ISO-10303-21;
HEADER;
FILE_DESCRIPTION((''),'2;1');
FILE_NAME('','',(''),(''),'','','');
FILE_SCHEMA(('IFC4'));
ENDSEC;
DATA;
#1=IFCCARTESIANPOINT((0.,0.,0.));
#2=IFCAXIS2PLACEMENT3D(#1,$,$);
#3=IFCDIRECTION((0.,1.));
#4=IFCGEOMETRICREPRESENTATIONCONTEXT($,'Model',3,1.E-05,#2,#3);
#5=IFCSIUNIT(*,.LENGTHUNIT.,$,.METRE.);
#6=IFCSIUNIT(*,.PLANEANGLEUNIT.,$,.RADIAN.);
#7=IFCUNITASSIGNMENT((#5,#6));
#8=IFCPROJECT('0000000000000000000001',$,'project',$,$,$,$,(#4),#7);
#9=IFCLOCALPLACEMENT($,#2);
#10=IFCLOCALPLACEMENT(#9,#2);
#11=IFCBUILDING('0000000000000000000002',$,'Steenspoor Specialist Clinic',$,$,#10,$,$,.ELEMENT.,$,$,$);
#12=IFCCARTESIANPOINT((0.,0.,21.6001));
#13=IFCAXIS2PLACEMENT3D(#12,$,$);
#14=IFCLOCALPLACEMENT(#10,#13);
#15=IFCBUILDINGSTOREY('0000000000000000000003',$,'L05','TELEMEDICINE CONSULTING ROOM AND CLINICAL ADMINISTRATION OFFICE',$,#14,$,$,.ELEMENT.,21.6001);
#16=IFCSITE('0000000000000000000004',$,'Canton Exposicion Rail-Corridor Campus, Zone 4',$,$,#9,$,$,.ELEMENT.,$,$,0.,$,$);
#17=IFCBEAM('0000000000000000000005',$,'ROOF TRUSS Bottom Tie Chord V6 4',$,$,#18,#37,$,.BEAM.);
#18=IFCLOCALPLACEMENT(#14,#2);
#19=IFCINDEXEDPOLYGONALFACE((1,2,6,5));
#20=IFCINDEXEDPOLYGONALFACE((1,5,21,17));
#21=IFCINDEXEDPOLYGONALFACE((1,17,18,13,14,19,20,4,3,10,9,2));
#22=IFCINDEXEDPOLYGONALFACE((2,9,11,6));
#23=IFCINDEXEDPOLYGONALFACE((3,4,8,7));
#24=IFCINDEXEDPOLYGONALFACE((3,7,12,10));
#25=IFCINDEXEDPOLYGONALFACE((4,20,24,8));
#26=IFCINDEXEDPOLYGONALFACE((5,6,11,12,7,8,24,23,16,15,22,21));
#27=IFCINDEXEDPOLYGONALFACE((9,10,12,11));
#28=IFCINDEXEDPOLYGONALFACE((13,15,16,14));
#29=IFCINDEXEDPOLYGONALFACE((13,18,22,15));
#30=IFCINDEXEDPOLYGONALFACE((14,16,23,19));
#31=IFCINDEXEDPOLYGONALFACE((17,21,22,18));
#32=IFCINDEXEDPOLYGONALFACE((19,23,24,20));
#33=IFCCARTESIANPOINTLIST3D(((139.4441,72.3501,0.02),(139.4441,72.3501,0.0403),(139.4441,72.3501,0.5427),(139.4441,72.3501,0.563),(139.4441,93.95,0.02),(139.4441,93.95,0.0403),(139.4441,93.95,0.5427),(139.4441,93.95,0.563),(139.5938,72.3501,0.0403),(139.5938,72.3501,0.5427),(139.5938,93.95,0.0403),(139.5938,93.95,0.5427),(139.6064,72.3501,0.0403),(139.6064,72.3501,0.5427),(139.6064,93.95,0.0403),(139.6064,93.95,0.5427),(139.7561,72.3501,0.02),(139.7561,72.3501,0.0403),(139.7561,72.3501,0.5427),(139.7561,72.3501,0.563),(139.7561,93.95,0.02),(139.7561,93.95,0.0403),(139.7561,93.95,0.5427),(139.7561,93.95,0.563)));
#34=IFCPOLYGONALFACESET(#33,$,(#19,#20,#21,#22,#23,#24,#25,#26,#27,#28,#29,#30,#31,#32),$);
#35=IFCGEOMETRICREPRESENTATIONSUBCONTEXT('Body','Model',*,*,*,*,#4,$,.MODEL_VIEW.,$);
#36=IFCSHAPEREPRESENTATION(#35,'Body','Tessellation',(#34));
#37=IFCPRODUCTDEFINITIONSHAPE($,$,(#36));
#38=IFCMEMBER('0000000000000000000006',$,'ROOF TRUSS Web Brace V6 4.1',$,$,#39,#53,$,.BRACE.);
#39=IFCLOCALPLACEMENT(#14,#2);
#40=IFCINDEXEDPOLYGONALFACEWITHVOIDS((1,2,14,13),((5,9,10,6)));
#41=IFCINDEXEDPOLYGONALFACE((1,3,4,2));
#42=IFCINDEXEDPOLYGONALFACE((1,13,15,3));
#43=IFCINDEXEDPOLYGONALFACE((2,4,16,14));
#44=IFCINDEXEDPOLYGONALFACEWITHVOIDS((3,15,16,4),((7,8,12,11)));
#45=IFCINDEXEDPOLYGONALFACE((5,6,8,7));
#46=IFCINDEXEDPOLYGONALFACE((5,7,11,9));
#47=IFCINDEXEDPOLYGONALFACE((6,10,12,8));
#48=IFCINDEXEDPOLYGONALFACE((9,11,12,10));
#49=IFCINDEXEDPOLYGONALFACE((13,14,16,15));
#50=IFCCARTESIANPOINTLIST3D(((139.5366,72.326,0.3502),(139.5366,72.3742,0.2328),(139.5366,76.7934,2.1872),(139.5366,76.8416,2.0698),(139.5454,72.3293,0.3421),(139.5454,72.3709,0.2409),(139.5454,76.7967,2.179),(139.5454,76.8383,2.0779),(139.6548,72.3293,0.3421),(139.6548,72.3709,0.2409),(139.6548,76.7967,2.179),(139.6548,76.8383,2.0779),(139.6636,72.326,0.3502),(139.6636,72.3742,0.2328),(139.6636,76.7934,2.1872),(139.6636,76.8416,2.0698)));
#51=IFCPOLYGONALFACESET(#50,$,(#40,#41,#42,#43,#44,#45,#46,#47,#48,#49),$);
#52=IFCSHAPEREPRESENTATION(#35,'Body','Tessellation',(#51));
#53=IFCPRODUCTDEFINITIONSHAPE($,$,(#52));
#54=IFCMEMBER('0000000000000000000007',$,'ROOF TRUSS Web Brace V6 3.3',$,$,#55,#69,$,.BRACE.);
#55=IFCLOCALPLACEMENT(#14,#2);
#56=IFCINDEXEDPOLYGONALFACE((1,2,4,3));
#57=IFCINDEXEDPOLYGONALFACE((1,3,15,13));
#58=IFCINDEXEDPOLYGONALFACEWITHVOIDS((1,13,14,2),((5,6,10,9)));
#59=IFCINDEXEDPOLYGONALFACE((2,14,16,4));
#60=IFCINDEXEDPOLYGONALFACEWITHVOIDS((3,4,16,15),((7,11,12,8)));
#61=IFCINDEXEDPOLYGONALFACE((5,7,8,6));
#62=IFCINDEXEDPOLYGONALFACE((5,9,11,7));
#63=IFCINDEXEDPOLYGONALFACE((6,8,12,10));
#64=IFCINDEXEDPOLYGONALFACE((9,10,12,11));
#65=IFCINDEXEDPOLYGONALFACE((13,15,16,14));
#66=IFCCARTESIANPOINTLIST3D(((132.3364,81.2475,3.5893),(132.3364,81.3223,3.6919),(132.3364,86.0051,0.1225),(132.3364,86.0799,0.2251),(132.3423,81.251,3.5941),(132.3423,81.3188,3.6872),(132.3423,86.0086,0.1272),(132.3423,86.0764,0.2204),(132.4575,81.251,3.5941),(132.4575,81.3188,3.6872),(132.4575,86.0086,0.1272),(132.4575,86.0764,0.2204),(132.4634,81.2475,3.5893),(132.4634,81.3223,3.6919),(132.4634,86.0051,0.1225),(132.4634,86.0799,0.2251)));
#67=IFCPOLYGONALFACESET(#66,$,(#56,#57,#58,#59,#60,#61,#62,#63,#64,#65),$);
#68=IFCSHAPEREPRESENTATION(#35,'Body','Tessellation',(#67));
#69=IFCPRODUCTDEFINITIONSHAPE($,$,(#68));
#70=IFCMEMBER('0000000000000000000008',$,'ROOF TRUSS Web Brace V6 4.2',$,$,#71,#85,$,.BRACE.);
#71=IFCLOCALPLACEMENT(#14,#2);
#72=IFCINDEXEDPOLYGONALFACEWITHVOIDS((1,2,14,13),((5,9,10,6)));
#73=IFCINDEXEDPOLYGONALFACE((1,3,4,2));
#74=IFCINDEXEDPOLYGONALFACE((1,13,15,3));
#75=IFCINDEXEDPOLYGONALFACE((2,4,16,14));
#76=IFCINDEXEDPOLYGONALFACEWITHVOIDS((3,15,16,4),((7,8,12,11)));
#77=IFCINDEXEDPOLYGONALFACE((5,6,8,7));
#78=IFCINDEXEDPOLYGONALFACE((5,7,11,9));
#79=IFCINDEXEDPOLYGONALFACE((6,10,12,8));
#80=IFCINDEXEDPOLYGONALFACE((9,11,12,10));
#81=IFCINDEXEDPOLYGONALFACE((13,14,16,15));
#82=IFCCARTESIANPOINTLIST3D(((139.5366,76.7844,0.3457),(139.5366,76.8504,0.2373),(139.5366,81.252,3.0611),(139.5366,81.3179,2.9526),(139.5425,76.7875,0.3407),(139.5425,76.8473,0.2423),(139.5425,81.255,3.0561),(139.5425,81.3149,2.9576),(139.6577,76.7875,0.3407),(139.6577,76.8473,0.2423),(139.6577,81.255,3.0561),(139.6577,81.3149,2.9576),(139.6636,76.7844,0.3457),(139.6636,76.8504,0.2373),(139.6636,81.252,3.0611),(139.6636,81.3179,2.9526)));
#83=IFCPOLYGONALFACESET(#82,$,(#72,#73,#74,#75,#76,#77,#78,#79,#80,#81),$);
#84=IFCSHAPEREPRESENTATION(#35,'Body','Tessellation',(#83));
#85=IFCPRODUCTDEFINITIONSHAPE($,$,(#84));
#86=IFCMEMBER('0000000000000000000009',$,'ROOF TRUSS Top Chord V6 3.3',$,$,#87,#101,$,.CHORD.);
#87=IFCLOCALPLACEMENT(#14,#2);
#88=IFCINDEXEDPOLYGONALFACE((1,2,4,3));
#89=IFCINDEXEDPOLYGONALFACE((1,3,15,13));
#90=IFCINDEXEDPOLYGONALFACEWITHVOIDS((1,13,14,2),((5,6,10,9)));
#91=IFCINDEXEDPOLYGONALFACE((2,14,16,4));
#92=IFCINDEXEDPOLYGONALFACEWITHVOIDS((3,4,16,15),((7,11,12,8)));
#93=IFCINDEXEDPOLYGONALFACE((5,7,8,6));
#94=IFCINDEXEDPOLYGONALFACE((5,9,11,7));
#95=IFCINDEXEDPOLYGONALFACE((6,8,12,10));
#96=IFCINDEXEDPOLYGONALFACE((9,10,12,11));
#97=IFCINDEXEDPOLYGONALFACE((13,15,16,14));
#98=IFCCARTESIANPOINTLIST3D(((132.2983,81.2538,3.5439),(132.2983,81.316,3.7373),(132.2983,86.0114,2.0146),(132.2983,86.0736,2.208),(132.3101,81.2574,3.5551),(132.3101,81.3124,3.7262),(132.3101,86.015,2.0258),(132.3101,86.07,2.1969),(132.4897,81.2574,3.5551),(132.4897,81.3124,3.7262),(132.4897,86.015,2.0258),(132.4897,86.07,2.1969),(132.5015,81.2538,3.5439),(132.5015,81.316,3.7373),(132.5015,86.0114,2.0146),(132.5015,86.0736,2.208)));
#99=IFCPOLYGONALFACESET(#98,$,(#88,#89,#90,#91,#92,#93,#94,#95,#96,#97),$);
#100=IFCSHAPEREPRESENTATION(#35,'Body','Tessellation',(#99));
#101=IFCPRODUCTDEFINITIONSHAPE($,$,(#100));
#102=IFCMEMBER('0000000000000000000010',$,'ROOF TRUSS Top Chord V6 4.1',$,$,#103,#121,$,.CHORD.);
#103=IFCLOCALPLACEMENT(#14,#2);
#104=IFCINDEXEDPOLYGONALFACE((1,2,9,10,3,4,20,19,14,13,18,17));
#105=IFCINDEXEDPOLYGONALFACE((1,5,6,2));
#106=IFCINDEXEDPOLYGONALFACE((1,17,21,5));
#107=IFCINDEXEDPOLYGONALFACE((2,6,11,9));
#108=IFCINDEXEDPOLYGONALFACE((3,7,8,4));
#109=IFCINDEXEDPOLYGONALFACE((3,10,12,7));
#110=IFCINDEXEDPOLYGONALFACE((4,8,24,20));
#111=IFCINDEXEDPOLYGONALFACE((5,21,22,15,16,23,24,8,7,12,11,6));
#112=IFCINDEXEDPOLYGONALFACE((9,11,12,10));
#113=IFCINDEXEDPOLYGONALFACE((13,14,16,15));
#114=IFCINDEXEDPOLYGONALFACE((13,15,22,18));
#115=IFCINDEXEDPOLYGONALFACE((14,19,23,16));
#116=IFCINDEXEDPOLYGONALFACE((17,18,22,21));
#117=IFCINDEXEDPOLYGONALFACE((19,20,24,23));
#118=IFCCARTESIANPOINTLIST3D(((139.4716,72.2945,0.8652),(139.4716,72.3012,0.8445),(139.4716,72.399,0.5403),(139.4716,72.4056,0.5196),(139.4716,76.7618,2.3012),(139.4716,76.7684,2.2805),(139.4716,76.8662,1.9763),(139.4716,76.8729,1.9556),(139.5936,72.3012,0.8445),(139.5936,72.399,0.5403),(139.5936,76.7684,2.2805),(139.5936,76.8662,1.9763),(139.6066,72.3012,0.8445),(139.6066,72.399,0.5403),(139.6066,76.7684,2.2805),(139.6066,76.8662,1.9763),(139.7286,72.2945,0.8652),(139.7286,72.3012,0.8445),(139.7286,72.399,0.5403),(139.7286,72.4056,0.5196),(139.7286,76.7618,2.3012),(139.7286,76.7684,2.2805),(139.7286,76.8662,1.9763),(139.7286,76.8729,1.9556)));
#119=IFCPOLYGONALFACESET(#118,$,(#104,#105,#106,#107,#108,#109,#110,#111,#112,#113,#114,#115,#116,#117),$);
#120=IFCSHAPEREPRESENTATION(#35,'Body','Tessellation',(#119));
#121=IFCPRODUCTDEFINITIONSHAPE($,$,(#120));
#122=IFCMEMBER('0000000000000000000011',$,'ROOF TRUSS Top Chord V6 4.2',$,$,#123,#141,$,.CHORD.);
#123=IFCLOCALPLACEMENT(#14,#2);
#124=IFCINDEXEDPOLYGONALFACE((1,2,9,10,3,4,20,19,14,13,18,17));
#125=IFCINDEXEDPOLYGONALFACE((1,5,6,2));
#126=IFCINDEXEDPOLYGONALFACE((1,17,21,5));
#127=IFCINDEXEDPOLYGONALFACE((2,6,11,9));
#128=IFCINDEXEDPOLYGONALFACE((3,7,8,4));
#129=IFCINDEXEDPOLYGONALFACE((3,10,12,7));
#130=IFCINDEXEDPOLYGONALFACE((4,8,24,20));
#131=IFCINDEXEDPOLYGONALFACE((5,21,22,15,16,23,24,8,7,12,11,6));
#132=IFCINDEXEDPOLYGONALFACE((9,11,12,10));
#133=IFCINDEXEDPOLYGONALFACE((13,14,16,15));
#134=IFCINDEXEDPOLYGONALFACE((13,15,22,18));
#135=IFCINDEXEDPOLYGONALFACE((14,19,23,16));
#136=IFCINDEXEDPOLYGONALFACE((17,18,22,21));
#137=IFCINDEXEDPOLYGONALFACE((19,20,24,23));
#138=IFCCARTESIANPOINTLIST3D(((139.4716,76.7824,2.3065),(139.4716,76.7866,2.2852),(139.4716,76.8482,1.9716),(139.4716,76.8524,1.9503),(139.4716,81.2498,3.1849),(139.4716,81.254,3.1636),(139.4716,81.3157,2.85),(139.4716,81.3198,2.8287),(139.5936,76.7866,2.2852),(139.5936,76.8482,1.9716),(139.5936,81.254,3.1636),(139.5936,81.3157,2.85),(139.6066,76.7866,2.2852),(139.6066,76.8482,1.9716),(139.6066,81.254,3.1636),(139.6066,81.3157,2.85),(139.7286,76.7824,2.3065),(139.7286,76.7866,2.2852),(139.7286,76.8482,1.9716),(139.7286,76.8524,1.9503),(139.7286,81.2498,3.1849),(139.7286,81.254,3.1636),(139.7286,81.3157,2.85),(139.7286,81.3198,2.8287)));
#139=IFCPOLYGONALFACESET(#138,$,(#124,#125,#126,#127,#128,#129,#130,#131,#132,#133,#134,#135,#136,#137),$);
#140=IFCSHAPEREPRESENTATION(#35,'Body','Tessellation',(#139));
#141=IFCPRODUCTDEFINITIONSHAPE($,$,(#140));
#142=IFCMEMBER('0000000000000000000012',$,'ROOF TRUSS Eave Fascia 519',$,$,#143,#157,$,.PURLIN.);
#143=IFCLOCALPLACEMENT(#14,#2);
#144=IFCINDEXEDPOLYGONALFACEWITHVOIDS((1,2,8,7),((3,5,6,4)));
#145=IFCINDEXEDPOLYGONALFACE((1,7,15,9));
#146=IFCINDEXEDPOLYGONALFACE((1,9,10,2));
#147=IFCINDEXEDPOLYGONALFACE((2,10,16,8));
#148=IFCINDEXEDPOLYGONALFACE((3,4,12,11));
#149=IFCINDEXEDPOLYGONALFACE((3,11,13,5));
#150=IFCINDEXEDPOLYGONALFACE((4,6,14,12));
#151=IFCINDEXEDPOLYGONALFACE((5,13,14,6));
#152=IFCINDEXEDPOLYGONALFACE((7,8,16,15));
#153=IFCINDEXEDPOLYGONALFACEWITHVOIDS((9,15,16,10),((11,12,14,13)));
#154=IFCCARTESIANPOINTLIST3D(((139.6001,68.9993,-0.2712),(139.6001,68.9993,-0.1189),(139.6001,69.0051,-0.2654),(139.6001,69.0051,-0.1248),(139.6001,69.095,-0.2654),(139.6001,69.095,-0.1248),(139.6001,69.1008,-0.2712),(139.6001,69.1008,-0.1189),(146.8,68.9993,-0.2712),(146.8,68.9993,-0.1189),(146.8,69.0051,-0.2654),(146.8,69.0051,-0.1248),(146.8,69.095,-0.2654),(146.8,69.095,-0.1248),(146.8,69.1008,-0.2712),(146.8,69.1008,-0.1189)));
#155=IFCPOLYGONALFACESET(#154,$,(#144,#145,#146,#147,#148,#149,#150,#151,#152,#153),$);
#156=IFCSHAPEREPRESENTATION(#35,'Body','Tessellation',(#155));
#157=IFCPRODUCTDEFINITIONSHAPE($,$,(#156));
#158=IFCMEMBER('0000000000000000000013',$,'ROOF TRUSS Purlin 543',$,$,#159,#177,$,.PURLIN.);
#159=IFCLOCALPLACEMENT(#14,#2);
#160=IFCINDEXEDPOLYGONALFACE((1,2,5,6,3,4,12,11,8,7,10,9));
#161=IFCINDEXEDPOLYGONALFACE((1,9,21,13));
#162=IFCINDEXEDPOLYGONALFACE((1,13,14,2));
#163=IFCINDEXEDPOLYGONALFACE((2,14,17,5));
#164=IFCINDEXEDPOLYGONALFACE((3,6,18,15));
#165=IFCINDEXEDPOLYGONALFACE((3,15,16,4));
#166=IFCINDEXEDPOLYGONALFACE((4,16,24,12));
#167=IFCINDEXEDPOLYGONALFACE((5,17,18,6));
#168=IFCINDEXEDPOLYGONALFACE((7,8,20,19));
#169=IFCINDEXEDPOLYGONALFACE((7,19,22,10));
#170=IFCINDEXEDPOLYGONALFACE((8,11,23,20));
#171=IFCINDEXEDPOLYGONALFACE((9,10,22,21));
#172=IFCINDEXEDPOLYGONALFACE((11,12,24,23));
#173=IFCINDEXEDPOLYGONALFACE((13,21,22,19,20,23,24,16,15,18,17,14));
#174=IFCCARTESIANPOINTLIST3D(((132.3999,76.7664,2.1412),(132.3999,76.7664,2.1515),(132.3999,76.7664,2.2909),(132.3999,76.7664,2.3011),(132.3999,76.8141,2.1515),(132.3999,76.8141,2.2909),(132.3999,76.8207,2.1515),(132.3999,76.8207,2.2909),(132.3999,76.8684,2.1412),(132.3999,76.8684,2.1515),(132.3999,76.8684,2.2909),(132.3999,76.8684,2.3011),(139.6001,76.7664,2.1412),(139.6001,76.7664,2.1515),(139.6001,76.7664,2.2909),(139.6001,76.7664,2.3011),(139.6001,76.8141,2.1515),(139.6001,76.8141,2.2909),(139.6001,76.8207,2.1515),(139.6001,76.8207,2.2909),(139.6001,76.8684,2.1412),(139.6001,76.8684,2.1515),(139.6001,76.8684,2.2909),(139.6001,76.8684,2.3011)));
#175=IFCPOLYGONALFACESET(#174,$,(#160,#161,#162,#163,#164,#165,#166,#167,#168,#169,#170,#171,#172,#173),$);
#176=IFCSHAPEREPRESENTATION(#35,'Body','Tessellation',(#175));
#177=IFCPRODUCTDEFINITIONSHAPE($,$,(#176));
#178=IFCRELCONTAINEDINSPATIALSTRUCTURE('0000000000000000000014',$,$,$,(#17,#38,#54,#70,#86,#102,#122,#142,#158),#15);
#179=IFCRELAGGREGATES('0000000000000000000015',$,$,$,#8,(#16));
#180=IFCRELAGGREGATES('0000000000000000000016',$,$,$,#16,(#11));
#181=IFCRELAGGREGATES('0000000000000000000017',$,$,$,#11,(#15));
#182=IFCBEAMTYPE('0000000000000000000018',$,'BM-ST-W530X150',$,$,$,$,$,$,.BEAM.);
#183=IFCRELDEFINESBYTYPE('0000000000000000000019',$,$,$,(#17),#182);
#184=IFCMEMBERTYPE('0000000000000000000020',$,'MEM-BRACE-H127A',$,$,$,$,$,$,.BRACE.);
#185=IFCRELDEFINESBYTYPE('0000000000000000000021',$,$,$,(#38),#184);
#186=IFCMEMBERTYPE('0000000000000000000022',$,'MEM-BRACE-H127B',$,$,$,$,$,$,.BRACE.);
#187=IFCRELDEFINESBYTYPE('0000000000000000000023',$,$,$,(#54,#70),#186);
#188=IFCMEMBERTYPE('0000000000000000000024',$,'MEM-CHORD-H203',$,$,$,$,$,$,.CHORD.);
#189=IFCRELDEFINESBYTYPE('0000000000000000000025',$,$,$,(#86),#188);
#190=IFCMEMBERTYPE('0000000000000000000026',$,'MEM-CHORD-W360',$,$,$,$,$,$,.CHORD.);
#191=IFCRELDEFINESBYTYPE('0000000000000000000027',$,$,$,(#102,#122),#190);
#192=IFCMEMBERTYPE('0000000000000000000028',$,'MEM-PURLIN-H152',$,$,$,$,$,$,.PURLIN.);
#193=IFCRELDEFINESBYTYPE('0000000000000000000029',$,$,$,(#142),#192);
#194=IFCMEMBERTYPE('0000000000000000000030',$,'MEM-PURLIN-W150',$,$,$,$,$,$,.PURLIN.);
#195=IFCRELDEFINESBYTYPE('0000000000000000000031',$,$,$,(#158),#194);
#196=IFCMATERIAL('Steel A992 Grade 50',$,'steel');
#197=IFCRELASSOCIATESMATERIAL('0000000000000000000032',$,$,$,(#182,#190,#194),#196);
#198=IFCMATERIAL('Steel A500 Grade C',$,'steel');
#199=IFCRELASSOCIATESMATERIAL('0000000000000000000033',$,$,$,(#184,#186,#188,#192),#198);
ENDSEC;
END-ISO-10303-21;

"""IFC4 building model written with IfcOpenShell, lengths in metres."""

from ifc_helpers import new_model, si_unit, direction, frame, origin, origin_2d, place, context, subcontext, project, spatial, hollow_rectangle, i_section, extrude, material, material_profile, profile_set, type_object, element, save


model = new_model("IFC4")

# Units and contexts
model_context = context("Model", 3, precision=1e-05, world=origin(), true_north=direction((0.0, 1.0)))
body_context = subcontext(model_context, "Body", "Model", "MODEL_VIEW")
ifc_project = project(units=[si_unit("LENGTHUNIT", "METRE"), si_unit("PLANEANGLEUNIT", "RADIAN")], contexts=[model_context])

# Site, building, storey
site_placement = place(None, origin())
site = spatial("IfcSite", under=ifc_project, at=site_placement, Name="Canton Exposicion Rail-Corridor Campus, Zone 4", CompositionType="ELEMENT", RefElevation=0.0)
building_placement = place(site_placement, origin())
building = spatial("IfcBuilding", under=site, at=building_placement, Name="Steenspoor Specialist Clinic", CompositionType="ELEMENT")
storey_placement = place(building_placement, frame((0.0, 0.0, 21.6001)))
storey = spatial("IfcBuildingStorey", under=building, at=storey_placement, Name="L05", Description="TELEMEDICINE CONSULTING ROOM AND CLINICAL ADMINISTRATION OFFICE", CompositionType="ELEMENT", Elevation=21.6001)

# Beam
ifc_material_1 = material(Name="Steel A992 Grade 50", Category="steel")
ifc_material_profile_1 = material_profile(ifc_material_1, i_section(OverallWidth=0.312, OverallDepth=0.543, WebThickness=0.0127, FlangeThickness=0.0203, at=origin_2d()), Name="W530X150")
ifc_profile_set_1 = profile_set([ifc_material_profile_1], Name="Steel A992 Grade 50")
beam_type = type_object("IfcBeamType", Name="BM-ST-W530X150", PredefinedType="BEAM", material=ifc_profile_set_1)
beam_placement = place(storey_placement, frame((139.6001, 72.3501, 0.2915), z_axis=(0.0, 1.0, 0.0), x_axis=(-1.0, 0.0, 0.0)))
element("IfcBeam", 1, at=beam_placement, inside=storey, type_object=beam_type, Name="ROOF TRUSS Bottom Tie Chord V6 4", PredefinedType="BEAM", context=body_context, shape_type="SweptSolid", body=[
    extrude(i_section(OverallWidth=0.312, OverallDepth=0.543, WebThickness=0.0127, FlangeThickness=0.0203, at=origin_2d()), origin(), (0.0, 0.0, 1.0), 21.5999),
])

# Members
ifc_material_2 = material(Name="Steel A500 Grade C", Category="steel")
ifc_material_profile_2 = material_profile(ifc_material_2, hollow_rectangle(XDim=0.127, YDim=0.127, WallThickness=0.0088, at=origin_2d()), Name="HSS127X127X9.5")
ifc_profile_set_2 = profile_set([ifc_material_profile_2], Name="Steel A500 Grade C")
member_type_1 = type_object("IfcMemberType", Name="MEM-BRACE-H127A", PredefinedType="BRACE", material=ifc_profile_set_2)
member_1_placement = place(storey_placement, frame((139.6001, 72.3501, 0.2915), z_axis=(0.0, 0.924864, 0.380297), x_axis=(-1.0, 0.0, 0.0)))
element("IfcMember", 2, at=member_1_placement, inside=storey, type_object=member_type_1, Name="ROOF TRUSS Web Brace V6 4.1", PredefinedType="BRACE", context=body_context, shape_type="SweptSolid", body=[
    extrude(hollow_rectangle(XDim=0.127, YDim=0.127, WallThickness=0.0088, at=origin_2d()), origin(), (0.0, 0.0, 1.0), 4.8303),
])
ifc_material_profile_3 = material_profile(ifc_material_2, hollow_rectangle(XDim=0.127, YDim=0.127, WallThickness=0.0059, at=origin_2d()), Name="HSS127X127X6.4")
ifc_profile_set_3 = profile_set([ifc_material_profile_3], Name="Steel A500 Grade C")
member_type_2 = type_object("IfcMemberType", Name="MEM-BRACE-H127B", PredefinedType="BRACE", material=ifc_profile_set_3)
member_2_placement = place(storey_placement, frame((132.3999, 81.2849, 3.6406), z_axis=(0.0, 0.808191, -0.588921), x_axis=(-1.0, 0.0, 0.0)))
element("IfcMember", 3, at=member_2_placement, inside=storey, type_object=member_type_2, Name="ROOF TRUSS Web Brace V6 3.3", PredefinedType="BRACE", context=body_context, shape_type="SweptSolid", body=[
    extrude(hollow_rectangle(XDim=0.127, YDim=0.127, WallThickness=0.0059, at=origin_2d()), origin(), (0.0, 0.0, 1.0), 5.8867),
])
member_3_placement = place(storey_placement, frame((139.6001, 76.8174, 0.2915), z_axis=(0.0, 0.854541, 0.519384), x_axis=(-1.0, 0.0, 0.0)))
element("IfcMember", 4, at=member_3_placement, inside=storey, type_object=member_type_2, Name="ROOF TRUSS Web Brace V6 4.2", PredefinedType="BRACE", context=body_context, shape_type="SweptSolid", body=[
    extrude(hollow_rectangle(XDim=0.127, YDim=0.127, WallThickness=0.0059, at=origin_2d()), origin(), (0.0, 0.0, 1.0), 5.228),
])
ifc_material_profile_4 = material_profile(ifc_material_2, hollow_rectangle(XDim=0.2031, YDim=0.2031, WallThickness=0.0117, at=origin_2d()), Name="HSS203X203X12.7")
ifc_profile_set_4 = profile_set([ifc_material_profile_4], Name="Steel A500 Grade C")
member_type_3 = type_object("IfcMemberType", Name="MEM-CHORD-H203", PredefinedType="CHORD", material=ifc_profile_set_4)
member_4_placement = place(storey_placement, frame((132.3999, 81.2849, 3.6406), z_axis=(0.0, 0.952024, -0.306023), x_axis=(-1.0, 0.0, 0.0)))
element("IfcMember", 5, at=member_4_placement, inside=storey, type_object=member_type_3, Name="ROOF TRUSS Top Chord V6 3.3", PredefinedType="CHORD", context=body_context, shape_type="SweptSolid", body=[
    extrude(hollow_rectangle(XDim=0.2031, YDim=0.2031, WallThickness=0.0117, at=origin_2d()), origin(), (0.0, 0.0, 1.0), 4.9973),
])
ifc_material_profile_5 = material_profile(ifc_material_1, i_section(OverallWidth=0.2571, OverallDepth=0.363, WebThickness=0.0129, FlangeThickness=0.0217, at=origin_2d()), Name="W360X122")
ifc_profile_set_5 = profile_set([ifc_material_profile_5], Name="Steel A992 Grade 50")
member_type_4 = type_object("IfcMemberType", Name="MEM-CHORD-W360", PredefinedType="CHORD", material=ifc_profile_set_5)
member_5_placement = place(storey_placement, frame((139.6001, 72.3501, 0.6924), z_axis=(0.0, 0.952021, 0.306033), x_axis=(-1.0, 0.0, 0.0)))
element("IfcMember", 6, at=member_5_placement, inside=storey, type_object=member_type_4, Name="ROOF TRUSS Top Chord V6 4.1", PredefinedType="CHORD", context=body_context, shape_type="SweptSolid", body=[
    extrude(i_section(OverallWidth=0.2571, OverallDepth=0.363, WebThickness=0.0129, FlangeThickness=0.0217, at=origin_2d()), origin(), (0.0, 0.0, 1.0), 4.6924),
])
member_6_placement = place(storey_placement, frame((139.6001, 76.8174, 2.1284), z_axis=(0.0, 0.981213, 0.192929), x_axis=(-1.0, 0.0, 0.0)))
element("IfcMember", 7, at=member_6_placement, inside=storey, type_object=member_type_4, Name="ROOF TRUSS Top Chord V6 4.2", PredefinedType="CHORD", context=body_context, shape_type="SweptSolid", body=[
    extrude(i_section(OverallWidth=0.2571, OverallDepth=0.363, WebThickness=0.0129, FlangeThickness=0.0217, at=origin_2d()), origin(), (0.0, 0.0, 1.0), 4.553),
])
ifc_material_profile_6 = material_profile(ifc_material_2, hollow_rectangle(XDim=0.1016, YDim=0.1523, WallThickness=0.0059, at=origin_2d()), Name="HSS152X102X6.4")
ifc_profile_set_6 = profile_set([ifc_material_profile_6], Name="Steel A500 Grade C")
member_type_5 = type_object("IfcMemberType", Name="MEM-PURLIN-H152", PredefinedType="PURLIN", material=ifc_profile_set_6)
member_7_placement = place(storey_placement, frame((139.6001, 69.05, -0.1951), z_axis=(1.0, 0.0, 0.0), x_axis=(0.0, 1.0, 0.0)))
element("IfcMember", 8, at=member_7_placement, inside=storey, type_object=member_type_5, Name="ROOF TRUSS Eave Fascia 519", PredefinedType="PURLIN", context=body_context, shape_type="SweptSolid", body=[
    extrude(hollow_rectangle(XDim=0.1016, YDim=0.1523, WallThickness=0.0059, at=origin_2d()), origin(), (0.0, 0.0, 1.0), 7.2),
])
ifc_material_profile_7 = material_profile(ifc_material_1, i_section(OverallWidth=0.1021, OverallDepth=0.1599, WebThickness=0.0066, FlangeThickness=0.0103, at=origin_2d()), Name="W150X24")
ifc_profile_set_7 = profile_set([ifc_material_profile_7], Name="Steel A992 Grade 50")
member_type_6 = type_object("IfcMemberType", Name="MEM-PURLIN-W150", PredefinedType="PURLIN", material=ifc_profile_set_7)
member_8_placement = place(storey_placement, frame((132.3999, 76.8174, 2.2212), z_axis=(1.0, 0.0, 0.0), x_axis=(0.0, 1.0, 0.0)))
element("IfcMember", 9, at=member_8_placement, inside=storey, type_object=member_type_6, Name="ROOF TRUSS Purlin 543", PredefinedType="PURLIN", context=body_context, shape_type="SweptSolid", body=[
    extrude(i_section(OverallWidth=0.1021, OverallDepth=0.1599, WebThickness=0.0066, FlangeThickness=0.0103, at=origin_2d()), origin(), (0.0, 0.0, 1.0), 7.2002),
])

save(model, "model.ifc")
